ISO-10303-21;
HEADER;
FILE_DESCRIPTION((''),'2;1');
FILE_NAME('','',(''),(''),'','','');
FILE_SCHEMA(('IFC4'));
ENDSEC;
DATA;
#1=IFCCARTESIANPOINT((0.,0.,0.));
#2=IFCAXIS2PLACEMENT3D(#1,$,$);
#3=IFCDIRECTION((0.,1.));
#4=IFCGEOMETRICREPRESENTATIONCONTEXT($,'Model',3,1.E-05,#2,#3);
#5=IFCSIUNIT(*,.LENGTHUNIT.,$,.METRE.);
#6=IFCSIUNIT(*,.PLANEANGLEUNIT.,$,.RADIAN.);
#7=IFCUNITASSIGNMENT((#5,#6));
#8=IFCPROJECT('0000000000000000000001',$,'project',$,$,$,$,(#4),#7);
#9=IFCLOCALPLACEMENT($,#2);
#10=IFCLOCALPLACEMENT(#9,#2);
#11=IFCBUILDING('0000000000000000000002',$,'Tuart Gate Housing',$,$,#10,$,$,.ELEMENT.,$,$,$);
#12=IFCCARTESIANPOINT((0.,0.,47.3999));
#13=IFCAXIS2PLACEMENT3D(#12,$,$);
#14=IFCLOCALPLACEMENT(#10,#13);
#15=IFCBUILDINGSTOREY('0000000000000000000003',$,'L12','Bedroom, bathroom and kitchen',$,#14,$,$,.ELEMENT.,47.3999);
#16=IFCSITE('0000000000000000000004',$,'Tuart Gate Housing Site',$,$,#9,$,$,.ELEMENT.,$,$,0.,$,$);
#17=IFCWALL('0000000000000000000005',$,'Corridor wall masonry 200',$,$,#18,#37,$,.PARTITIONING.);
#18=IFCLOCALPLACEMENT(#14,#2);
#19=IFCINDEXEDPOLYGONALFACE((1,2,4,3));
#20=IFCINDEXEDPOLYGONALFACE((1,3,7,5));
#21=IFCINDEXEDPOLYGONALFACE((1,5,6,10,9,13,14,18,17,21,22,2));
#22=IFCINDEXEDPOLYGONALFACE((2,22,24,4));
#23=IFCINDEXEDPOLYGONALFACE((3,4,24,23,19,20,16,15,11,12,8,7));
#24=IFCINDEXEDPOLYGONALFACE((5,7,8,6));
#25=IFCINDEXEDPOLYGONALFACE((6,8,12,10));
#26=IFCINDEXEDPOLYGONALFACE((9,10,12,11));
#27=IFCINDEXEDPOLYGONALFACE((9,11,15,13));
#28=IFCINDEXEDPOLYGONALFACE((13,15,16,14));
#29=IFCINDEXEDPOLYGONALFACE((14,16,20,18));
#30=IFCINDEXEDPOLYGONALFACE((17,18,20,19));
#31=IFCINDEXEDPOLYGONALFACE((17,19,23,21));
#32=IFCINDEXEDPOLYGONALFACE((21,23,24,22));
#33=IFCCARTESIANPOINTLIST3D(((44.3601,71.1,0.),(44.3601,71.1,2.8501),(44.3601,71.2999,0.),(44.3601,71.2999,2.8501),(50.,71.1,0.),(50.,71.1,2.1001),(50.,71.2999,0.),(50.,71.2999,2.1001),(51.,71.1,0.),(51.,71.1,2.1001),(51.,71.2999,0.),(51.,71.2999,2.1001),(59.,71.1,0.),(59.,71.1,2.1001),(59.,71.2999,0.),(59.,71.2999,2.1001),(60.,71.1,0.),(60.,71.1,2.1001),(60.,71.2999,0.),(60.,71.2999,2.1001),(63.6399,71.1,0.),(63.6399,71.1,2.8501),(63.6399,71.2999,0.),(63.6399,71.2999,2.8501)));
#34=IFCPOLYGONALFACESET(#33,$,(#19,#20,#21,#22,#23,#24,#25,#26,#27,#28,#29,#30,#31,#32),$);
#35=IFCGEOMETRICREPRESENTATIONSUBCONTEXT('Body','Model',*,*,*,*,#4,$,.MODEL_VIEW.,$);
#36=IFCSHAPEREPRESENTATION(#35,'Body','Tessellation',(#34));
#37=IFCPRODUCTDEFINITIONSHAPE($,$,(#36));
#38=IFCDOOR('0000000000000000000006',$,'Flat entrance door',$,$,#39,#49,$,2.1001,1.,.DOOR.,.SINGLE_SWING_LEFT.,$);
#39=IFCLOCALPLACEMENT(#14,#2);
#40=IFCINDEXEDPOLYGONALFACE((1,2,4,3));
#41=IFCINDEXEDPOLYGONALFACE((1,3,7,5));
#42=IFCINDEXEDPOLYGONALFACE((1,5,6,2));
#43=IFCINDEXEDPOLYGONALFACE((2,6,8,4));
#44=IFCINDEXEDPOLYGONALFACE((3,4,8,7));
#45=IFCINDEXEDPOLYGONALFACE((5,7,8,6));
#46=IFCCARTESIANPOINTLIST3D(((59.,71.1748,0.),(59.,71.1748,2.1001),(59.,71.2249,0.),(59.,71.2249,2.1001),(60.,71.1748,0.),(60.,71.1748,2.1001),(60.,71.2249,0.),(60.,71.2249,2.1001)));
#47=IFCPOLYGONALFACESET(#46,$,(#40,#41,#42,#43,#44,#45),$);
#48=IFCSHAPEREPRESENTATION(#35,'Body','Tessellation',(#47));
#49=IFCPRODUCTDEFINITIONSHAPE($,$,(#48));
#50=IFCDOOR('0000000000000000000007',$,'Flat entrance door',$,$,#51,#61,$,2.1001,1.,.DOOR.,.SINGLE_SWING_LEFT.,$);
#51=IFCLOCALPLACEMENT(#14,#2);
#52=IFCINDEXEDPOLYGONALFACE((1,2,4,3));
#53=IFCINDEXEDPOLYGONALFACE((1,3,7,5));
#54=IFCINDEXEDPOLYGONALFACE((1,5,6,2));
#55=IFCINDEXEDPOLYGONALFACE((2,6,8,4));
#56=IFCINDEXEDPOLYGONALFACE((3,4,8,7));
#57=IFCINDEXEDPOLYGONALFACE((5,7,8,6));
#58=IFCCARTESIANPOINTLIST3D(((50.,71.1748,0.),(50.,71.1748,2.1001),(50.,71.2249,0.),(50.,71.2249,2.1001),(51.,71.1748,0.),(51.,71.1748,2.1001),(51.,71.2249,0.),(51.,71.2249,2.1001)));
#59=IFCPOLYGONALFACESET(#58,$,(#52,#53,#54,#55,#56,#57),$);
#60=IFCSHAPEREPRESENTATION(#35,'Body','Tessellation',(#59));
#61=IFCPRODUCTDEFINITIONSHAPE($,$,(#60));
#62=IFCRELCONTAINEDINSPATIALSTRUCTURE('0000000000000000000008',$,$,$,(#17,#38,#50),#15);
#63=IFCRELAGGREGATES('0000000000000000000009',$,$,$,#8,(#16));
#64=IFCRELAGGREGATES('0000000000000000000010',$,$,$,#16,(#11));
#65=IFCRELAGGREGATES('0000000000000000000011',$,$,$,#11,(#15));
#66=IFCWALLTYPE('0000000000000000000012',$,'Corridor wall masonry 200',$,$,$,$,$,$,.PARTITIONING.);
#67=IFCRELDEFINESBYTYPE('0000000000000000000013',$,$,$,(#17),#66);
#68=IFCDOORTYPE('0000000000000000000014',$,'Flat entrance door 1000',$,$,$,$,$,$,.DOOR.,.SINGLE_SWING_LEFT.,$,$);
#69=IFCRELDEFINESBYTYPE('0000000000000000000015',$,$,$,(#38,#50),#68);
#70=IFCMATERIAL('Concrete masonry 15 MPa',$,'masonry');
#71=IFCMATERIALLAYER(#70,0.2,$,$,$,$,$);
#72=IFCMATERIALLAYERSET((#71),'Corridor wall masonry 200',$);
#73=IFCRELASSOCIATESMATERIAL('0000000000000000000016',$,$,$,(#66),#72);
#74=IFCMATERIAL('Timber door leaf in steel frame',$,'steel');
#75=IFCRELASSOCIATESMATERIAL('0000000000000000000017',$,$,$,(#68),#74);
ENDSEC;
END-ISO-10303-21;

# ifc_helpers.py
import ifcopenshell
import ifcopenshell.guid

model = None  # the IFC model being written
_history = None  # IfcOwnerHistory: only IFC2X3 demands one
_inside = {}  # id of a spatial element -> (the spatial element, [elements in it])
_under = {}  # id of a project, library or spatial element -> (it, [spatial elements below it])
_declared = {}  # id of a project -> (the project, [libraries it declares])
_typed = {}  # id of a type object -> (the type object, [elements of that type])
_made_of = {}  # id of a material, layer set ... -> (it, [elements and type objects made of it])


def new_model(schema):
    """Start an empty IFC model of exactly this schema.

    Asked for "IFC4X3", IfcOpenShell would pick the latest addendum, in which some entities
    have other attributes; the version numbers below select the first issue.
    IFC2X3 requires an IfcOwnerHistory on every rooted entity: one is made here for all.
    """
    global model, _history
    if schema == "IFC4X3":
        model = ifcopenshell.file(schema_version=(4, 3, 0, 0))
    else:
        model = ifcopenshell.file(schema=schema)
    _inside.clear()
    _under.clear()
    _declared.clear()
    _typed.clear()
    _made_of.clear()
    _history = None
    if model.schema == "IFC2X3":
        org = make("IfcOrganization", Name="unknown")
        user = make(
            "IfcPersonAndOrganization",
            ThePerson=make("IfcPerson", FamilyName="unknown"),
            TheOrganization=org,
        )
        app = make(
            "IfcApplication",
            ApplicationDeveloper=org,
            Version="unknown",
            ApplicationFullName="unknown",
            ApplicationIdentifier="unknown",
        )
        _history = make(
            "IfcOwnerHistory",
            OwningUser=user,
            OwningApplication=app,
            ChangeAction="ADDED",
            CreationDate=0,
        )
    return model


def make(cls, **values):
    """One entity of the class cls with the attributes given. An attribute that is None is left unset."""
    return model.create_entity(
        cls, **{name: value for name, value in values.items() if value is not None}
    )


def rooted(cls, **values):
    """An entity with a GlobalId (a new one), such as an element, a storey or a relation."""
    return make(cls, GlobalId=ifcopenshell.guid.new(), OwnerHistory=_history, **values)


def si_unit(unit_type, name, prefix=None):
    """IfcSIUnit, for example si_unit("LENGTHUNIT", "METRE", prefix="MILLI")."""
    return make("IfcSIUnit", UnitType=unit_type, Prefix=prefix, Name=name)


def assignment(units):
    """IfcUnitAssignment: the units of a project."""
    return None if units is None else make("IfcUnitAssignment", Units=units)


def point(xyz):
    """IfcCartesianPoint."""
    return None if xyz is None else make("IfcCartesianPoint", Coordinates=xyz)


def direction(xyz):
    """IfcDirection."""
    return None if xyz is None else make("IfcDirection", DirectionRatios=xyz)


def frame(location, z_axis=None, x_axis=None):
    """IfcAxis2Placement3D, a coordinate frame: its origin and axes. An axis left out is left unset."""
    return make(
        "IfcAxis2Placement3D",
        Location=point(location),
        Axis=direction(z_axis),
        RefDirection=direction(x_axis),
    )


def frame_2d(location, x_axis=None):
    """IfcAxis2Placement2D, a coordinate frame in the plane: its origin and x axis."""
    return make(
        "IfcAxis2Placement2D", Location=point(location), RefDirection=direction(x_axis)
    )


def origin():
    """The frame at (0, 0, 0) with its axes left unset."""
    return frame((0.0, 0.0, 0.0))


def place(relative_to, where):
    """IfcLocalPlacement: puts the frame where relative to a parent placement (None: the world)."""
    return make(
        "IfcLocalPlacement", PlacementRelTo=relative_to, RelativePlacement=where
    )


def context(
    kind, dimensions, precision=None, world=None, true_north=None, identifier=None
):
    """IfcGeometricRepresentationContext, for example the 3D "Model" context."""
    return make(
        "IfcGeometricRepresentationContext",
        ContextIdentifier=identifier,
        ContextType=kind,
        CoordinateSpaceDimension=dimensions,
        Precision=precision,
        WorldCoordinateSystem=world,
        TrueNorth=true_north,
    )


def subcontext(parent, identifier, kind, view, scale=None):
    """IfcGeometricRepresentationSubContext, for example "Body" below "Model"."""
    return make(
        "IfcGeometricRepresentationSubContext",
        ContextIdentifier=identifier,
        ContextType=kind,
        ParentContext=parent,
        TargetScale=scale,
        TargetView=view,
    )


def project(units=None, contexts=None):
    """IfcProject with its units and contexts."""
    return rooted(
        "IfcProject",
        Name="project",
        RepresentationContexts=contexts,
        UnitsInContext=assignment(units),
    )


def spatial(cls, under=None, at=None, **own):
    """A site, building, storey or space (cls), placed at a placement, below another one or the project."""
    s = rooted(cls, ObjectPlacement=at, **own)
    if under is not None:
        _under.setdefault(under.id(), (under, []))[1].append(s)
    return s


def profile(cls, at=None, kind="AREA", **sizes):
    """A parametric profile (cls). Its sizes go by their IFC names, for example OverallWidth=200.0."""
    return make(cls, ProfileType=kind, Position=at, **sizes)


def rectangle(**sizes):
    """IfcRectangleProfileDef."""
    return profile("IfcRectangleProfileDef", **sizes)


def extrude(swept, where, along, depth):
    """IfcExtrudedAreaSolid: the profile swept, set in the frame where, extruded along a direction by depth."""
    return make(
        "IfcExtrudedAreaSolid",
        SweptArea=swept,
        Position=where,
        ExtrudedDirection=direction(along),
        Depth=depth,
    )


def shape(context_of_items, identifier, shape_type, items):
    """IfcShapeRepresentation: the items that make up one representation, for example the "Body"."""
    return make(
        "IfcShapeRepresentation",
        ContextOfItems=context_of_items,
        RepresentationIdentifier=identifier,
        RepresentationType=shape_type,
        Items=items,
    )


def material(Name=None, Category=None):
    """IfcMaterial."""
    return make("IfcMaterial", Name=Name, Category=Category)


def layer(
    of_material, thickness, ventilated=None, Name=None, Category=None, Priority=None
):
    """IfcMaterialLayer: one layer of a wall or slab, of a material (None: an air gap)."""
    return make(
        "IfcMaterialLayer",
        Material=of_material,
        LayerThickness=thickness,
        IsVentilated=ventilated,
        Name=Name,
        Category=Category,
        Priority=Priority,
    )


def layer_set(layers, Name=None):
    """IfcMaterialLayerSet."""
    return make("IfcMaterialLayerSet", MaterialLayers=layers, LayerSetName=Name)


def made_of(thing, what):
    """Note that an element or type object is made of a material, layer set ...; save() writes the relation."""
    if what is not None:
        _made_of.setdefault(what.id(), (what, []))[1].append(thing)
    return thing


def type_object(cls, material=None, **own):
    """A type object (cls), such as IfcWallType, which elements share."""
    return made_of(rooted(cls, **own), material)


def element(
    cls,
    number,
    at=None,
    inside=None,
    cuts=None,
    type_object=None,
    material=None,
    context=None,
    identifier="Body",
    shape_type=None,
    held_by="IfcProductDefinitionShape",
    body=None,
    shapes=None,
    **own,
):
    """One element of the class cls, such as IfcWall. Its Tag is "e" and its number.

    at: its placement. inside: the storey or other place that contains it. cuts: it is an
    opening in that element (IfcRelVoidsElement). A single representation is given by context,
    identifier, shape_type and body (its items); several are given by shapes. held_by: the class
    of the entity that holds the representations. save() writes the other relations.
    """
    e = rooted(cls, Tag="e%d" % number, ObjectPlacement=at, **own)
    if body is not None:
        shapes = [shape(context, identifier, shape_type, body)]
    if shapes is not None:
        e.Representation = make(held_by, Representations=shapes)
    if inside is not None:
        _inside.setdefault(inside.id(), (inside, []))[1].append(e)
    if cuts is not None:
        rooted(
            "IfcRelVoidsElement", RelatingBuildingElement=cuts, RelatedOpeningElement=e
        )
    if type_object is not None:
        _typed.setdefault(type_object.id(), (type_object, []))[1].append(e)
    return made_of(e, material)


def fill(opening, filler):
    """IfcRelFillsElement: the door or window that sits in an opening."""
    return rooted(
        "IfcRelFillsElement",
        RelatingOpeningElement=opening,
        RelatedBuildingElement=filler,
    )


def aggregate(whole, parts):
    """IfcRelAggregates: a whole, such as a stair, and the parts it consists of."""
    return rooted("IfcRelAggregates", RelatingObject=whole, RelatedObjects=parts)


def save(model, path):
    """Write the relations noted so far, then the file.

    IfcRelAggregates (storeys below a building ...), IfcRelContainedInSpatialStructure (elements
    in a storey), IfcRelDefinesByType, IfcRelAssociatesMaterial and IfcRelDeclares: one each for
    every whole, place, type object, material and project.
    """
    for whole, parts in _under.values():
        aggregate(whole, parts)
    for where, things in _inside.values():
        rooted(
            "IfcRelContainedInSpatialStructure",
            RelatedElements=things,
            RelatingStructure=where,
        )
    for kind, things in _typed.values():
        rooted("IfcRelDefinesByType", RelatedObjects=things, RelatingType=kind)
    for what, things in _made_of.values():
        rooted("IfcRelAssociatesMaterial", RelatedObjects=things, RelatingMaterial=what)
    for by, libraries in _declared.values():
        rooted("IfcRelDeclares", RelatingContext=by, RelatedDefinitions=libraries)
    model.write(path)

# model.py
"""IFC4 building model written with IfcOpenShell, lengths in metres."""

from ifc_helpers import new_model, si_unit, direction, frame, frame_2d, origin, place, context, subcontext, project, spatial, rectangle, extrude, material, layer, layer_set, type_object, element, fill, save


model = new_model("IFC4")

# Units and contexts
model_context = context("Model", 3, precision=1e-05, world=origin(), true_north=direction((0.0, 1.0)))
body_context = subcontext(model_context, "Body", "Model", "MODEL_VIEW")
ifc_project = project(units=[si_unit("LENGTHUNIT", "METRE"), si_unit("PLANEANGLEUNIT", "RADIAN")], contexts=[model_context])

# Site, building, storey
site_placement = place(None, origin())
site = spatial("IfcSite", under=ifc_project, at=site_placement, Name="Tuart Gate Housing Site", CompositionType="ELEMENT", RefElevation=0.0)
building_placement = place(site_placement, origin())
building = spatial("IfcBuilding", under=site, at=building_placement, Name="Tuart Gate Housing", CompositionType="ELEMENT")
storey_placement = place(building_placement, frame((0.0, 0.0, 47.3999)))
storey = spatial("IfcBuildingStorey", under=building, at=storey_placement, Name="L12", Description="Bedroom, bathroom and kitchen", CompositionType="ELEMENT", Elevation=47.3999)

# Wall, openings, doors
ifc_material_1 = material(Name="Concrete masonry 15 MPa", Category="masonry")
ifc_layer_1 = layer(ifc_material_1, 0.2)
ifc_layer_set_1 = layer_set([ifc_layer_1], Name="Corridor wall masonry 200")
wall_type_1 = type_object("IfcWallType", Name="Corridor wall masonry 200", PredefinedType="PARTITIONING", material=ifc_layer_set_1)
wall_1_placement = place(storey_placement, frame((44.3601, 71.2, 0.0), z_axis=(0.0, 0.0, 1.0), x_axis=(1.0, 0.0, 0.0)))
wall_1 = element("IfcWall", 1, at=wall_1_placement, inside=storey, type_object=wall_type_1, Name="Corridor wall masonry 200", PredefinedType="PARTITIONING", context=body_context, shape_type="SweptSolid", body=[
    extrude(rectangle(XDim=19.2798, YDim=0.2, at=frame_2d((9.6399, 0.0))), origin(), (0.0, 0.0, 1.0), 2.8501),
])
opening_1_placement = place(wall_1_placement, frame((14.6399, 0.0, 0.0)))
opening_1 = element("IfcOpeningElement", 2, at=opening_1_placement, cuts=wall_1, PredefinedType="OPENING", context=body_context, shape_type="SweptSolid", body=[
    extrude(rectangle(XDim=1.0, YDim=2.1001, at=frame_2d((0.5, 1.05))), frame((0.0, 0.1099, 0.0), z_axis=(0.0, -1.0, 0.0), x_axis=(1.0, 0.0, 0.0)), (0.0, 0.0, 1.0), 0.22),
])
opening_2_placement = place(wall_1_placement, frame((5.6399, 0.0, 0.0)))
opening_2 = element("IfcOpeningElement", 3, at=opening_2_placement, cuts=wall_1, PredefinedType="OPENING", context=body_context, shape_type="SweptSolid", body=[
    extrude(rectangle(XDim=1.0, YDim=2.1001, at=frame_2d((0.5, 1.05))), frame((0.0, 0.1099, 0.0), z_axis=(0.0, -1.0, 0.0), x_axis=(1.0, 0.0, 0.0)), (0.0, 0.0, 1.0), 0.22),
])
ifc_material_2 = material(Name="Timber door leaf in steel frame", Category="steel")
door_type_1 = type_object("IfcDoorType", Name="Flat entrance door 1000", OperationType="SINGLE_SWING_LEFT", PredefinedType="DOOR", material=ifc_material_2)
door_1_placement = place(opening_1_placement, origin())
door_1 = element("IfcDoor", 4, at=door_1_placement, inside=storey, type_object=door_type_1, Name="Flat entrance door", OperationType="SINGLE_SWING_LEFT", OverallHeight=2.1001, OverallWidth=1.0, PredefinedType="DOOR", context=body_context, shape_type="SweptSolid", body=[
    extrude(rectangle(XDim=1.0, YDim=2.1001, at=frame_2d((0.5, 1.05))), frame((0.0, 0.0249, 0.0), z_axis=(0.0, -1.0, 0.0), x_axis=(1.0, 0.0, 0.0)), (0.0, 0.0, 1.0), 0.05),
])
fill(opening_1, door_1)
door_2_placement = place(opening_2_placement, origin())
door_2 = element("IfcDoor", 5, at=door_2_placement, inside=storey, type_object=door_type_1, Name="Flat entrance door", OperationType="SINGLE_SWING_LEFT", OverallHeight=2.1001, OverallWidth=1.0, PredefinedType="DOOR", context=body_context, shape_type="SweptSolid", body=[
    extrude(rectangle(XDim=1.0, YDim=2.1001, at=frame_2d((0.5, 1.05))), frame((0.0, 0.0249, 0.0), z_axis=(0.0, -1.0, 0.0), x_axis=(1.0, 0.0, 0.0)), (0.0, 0.0, 1.0), 0.05),
])
fill(opening_2, door_2)

save(model, "model.ifc")
